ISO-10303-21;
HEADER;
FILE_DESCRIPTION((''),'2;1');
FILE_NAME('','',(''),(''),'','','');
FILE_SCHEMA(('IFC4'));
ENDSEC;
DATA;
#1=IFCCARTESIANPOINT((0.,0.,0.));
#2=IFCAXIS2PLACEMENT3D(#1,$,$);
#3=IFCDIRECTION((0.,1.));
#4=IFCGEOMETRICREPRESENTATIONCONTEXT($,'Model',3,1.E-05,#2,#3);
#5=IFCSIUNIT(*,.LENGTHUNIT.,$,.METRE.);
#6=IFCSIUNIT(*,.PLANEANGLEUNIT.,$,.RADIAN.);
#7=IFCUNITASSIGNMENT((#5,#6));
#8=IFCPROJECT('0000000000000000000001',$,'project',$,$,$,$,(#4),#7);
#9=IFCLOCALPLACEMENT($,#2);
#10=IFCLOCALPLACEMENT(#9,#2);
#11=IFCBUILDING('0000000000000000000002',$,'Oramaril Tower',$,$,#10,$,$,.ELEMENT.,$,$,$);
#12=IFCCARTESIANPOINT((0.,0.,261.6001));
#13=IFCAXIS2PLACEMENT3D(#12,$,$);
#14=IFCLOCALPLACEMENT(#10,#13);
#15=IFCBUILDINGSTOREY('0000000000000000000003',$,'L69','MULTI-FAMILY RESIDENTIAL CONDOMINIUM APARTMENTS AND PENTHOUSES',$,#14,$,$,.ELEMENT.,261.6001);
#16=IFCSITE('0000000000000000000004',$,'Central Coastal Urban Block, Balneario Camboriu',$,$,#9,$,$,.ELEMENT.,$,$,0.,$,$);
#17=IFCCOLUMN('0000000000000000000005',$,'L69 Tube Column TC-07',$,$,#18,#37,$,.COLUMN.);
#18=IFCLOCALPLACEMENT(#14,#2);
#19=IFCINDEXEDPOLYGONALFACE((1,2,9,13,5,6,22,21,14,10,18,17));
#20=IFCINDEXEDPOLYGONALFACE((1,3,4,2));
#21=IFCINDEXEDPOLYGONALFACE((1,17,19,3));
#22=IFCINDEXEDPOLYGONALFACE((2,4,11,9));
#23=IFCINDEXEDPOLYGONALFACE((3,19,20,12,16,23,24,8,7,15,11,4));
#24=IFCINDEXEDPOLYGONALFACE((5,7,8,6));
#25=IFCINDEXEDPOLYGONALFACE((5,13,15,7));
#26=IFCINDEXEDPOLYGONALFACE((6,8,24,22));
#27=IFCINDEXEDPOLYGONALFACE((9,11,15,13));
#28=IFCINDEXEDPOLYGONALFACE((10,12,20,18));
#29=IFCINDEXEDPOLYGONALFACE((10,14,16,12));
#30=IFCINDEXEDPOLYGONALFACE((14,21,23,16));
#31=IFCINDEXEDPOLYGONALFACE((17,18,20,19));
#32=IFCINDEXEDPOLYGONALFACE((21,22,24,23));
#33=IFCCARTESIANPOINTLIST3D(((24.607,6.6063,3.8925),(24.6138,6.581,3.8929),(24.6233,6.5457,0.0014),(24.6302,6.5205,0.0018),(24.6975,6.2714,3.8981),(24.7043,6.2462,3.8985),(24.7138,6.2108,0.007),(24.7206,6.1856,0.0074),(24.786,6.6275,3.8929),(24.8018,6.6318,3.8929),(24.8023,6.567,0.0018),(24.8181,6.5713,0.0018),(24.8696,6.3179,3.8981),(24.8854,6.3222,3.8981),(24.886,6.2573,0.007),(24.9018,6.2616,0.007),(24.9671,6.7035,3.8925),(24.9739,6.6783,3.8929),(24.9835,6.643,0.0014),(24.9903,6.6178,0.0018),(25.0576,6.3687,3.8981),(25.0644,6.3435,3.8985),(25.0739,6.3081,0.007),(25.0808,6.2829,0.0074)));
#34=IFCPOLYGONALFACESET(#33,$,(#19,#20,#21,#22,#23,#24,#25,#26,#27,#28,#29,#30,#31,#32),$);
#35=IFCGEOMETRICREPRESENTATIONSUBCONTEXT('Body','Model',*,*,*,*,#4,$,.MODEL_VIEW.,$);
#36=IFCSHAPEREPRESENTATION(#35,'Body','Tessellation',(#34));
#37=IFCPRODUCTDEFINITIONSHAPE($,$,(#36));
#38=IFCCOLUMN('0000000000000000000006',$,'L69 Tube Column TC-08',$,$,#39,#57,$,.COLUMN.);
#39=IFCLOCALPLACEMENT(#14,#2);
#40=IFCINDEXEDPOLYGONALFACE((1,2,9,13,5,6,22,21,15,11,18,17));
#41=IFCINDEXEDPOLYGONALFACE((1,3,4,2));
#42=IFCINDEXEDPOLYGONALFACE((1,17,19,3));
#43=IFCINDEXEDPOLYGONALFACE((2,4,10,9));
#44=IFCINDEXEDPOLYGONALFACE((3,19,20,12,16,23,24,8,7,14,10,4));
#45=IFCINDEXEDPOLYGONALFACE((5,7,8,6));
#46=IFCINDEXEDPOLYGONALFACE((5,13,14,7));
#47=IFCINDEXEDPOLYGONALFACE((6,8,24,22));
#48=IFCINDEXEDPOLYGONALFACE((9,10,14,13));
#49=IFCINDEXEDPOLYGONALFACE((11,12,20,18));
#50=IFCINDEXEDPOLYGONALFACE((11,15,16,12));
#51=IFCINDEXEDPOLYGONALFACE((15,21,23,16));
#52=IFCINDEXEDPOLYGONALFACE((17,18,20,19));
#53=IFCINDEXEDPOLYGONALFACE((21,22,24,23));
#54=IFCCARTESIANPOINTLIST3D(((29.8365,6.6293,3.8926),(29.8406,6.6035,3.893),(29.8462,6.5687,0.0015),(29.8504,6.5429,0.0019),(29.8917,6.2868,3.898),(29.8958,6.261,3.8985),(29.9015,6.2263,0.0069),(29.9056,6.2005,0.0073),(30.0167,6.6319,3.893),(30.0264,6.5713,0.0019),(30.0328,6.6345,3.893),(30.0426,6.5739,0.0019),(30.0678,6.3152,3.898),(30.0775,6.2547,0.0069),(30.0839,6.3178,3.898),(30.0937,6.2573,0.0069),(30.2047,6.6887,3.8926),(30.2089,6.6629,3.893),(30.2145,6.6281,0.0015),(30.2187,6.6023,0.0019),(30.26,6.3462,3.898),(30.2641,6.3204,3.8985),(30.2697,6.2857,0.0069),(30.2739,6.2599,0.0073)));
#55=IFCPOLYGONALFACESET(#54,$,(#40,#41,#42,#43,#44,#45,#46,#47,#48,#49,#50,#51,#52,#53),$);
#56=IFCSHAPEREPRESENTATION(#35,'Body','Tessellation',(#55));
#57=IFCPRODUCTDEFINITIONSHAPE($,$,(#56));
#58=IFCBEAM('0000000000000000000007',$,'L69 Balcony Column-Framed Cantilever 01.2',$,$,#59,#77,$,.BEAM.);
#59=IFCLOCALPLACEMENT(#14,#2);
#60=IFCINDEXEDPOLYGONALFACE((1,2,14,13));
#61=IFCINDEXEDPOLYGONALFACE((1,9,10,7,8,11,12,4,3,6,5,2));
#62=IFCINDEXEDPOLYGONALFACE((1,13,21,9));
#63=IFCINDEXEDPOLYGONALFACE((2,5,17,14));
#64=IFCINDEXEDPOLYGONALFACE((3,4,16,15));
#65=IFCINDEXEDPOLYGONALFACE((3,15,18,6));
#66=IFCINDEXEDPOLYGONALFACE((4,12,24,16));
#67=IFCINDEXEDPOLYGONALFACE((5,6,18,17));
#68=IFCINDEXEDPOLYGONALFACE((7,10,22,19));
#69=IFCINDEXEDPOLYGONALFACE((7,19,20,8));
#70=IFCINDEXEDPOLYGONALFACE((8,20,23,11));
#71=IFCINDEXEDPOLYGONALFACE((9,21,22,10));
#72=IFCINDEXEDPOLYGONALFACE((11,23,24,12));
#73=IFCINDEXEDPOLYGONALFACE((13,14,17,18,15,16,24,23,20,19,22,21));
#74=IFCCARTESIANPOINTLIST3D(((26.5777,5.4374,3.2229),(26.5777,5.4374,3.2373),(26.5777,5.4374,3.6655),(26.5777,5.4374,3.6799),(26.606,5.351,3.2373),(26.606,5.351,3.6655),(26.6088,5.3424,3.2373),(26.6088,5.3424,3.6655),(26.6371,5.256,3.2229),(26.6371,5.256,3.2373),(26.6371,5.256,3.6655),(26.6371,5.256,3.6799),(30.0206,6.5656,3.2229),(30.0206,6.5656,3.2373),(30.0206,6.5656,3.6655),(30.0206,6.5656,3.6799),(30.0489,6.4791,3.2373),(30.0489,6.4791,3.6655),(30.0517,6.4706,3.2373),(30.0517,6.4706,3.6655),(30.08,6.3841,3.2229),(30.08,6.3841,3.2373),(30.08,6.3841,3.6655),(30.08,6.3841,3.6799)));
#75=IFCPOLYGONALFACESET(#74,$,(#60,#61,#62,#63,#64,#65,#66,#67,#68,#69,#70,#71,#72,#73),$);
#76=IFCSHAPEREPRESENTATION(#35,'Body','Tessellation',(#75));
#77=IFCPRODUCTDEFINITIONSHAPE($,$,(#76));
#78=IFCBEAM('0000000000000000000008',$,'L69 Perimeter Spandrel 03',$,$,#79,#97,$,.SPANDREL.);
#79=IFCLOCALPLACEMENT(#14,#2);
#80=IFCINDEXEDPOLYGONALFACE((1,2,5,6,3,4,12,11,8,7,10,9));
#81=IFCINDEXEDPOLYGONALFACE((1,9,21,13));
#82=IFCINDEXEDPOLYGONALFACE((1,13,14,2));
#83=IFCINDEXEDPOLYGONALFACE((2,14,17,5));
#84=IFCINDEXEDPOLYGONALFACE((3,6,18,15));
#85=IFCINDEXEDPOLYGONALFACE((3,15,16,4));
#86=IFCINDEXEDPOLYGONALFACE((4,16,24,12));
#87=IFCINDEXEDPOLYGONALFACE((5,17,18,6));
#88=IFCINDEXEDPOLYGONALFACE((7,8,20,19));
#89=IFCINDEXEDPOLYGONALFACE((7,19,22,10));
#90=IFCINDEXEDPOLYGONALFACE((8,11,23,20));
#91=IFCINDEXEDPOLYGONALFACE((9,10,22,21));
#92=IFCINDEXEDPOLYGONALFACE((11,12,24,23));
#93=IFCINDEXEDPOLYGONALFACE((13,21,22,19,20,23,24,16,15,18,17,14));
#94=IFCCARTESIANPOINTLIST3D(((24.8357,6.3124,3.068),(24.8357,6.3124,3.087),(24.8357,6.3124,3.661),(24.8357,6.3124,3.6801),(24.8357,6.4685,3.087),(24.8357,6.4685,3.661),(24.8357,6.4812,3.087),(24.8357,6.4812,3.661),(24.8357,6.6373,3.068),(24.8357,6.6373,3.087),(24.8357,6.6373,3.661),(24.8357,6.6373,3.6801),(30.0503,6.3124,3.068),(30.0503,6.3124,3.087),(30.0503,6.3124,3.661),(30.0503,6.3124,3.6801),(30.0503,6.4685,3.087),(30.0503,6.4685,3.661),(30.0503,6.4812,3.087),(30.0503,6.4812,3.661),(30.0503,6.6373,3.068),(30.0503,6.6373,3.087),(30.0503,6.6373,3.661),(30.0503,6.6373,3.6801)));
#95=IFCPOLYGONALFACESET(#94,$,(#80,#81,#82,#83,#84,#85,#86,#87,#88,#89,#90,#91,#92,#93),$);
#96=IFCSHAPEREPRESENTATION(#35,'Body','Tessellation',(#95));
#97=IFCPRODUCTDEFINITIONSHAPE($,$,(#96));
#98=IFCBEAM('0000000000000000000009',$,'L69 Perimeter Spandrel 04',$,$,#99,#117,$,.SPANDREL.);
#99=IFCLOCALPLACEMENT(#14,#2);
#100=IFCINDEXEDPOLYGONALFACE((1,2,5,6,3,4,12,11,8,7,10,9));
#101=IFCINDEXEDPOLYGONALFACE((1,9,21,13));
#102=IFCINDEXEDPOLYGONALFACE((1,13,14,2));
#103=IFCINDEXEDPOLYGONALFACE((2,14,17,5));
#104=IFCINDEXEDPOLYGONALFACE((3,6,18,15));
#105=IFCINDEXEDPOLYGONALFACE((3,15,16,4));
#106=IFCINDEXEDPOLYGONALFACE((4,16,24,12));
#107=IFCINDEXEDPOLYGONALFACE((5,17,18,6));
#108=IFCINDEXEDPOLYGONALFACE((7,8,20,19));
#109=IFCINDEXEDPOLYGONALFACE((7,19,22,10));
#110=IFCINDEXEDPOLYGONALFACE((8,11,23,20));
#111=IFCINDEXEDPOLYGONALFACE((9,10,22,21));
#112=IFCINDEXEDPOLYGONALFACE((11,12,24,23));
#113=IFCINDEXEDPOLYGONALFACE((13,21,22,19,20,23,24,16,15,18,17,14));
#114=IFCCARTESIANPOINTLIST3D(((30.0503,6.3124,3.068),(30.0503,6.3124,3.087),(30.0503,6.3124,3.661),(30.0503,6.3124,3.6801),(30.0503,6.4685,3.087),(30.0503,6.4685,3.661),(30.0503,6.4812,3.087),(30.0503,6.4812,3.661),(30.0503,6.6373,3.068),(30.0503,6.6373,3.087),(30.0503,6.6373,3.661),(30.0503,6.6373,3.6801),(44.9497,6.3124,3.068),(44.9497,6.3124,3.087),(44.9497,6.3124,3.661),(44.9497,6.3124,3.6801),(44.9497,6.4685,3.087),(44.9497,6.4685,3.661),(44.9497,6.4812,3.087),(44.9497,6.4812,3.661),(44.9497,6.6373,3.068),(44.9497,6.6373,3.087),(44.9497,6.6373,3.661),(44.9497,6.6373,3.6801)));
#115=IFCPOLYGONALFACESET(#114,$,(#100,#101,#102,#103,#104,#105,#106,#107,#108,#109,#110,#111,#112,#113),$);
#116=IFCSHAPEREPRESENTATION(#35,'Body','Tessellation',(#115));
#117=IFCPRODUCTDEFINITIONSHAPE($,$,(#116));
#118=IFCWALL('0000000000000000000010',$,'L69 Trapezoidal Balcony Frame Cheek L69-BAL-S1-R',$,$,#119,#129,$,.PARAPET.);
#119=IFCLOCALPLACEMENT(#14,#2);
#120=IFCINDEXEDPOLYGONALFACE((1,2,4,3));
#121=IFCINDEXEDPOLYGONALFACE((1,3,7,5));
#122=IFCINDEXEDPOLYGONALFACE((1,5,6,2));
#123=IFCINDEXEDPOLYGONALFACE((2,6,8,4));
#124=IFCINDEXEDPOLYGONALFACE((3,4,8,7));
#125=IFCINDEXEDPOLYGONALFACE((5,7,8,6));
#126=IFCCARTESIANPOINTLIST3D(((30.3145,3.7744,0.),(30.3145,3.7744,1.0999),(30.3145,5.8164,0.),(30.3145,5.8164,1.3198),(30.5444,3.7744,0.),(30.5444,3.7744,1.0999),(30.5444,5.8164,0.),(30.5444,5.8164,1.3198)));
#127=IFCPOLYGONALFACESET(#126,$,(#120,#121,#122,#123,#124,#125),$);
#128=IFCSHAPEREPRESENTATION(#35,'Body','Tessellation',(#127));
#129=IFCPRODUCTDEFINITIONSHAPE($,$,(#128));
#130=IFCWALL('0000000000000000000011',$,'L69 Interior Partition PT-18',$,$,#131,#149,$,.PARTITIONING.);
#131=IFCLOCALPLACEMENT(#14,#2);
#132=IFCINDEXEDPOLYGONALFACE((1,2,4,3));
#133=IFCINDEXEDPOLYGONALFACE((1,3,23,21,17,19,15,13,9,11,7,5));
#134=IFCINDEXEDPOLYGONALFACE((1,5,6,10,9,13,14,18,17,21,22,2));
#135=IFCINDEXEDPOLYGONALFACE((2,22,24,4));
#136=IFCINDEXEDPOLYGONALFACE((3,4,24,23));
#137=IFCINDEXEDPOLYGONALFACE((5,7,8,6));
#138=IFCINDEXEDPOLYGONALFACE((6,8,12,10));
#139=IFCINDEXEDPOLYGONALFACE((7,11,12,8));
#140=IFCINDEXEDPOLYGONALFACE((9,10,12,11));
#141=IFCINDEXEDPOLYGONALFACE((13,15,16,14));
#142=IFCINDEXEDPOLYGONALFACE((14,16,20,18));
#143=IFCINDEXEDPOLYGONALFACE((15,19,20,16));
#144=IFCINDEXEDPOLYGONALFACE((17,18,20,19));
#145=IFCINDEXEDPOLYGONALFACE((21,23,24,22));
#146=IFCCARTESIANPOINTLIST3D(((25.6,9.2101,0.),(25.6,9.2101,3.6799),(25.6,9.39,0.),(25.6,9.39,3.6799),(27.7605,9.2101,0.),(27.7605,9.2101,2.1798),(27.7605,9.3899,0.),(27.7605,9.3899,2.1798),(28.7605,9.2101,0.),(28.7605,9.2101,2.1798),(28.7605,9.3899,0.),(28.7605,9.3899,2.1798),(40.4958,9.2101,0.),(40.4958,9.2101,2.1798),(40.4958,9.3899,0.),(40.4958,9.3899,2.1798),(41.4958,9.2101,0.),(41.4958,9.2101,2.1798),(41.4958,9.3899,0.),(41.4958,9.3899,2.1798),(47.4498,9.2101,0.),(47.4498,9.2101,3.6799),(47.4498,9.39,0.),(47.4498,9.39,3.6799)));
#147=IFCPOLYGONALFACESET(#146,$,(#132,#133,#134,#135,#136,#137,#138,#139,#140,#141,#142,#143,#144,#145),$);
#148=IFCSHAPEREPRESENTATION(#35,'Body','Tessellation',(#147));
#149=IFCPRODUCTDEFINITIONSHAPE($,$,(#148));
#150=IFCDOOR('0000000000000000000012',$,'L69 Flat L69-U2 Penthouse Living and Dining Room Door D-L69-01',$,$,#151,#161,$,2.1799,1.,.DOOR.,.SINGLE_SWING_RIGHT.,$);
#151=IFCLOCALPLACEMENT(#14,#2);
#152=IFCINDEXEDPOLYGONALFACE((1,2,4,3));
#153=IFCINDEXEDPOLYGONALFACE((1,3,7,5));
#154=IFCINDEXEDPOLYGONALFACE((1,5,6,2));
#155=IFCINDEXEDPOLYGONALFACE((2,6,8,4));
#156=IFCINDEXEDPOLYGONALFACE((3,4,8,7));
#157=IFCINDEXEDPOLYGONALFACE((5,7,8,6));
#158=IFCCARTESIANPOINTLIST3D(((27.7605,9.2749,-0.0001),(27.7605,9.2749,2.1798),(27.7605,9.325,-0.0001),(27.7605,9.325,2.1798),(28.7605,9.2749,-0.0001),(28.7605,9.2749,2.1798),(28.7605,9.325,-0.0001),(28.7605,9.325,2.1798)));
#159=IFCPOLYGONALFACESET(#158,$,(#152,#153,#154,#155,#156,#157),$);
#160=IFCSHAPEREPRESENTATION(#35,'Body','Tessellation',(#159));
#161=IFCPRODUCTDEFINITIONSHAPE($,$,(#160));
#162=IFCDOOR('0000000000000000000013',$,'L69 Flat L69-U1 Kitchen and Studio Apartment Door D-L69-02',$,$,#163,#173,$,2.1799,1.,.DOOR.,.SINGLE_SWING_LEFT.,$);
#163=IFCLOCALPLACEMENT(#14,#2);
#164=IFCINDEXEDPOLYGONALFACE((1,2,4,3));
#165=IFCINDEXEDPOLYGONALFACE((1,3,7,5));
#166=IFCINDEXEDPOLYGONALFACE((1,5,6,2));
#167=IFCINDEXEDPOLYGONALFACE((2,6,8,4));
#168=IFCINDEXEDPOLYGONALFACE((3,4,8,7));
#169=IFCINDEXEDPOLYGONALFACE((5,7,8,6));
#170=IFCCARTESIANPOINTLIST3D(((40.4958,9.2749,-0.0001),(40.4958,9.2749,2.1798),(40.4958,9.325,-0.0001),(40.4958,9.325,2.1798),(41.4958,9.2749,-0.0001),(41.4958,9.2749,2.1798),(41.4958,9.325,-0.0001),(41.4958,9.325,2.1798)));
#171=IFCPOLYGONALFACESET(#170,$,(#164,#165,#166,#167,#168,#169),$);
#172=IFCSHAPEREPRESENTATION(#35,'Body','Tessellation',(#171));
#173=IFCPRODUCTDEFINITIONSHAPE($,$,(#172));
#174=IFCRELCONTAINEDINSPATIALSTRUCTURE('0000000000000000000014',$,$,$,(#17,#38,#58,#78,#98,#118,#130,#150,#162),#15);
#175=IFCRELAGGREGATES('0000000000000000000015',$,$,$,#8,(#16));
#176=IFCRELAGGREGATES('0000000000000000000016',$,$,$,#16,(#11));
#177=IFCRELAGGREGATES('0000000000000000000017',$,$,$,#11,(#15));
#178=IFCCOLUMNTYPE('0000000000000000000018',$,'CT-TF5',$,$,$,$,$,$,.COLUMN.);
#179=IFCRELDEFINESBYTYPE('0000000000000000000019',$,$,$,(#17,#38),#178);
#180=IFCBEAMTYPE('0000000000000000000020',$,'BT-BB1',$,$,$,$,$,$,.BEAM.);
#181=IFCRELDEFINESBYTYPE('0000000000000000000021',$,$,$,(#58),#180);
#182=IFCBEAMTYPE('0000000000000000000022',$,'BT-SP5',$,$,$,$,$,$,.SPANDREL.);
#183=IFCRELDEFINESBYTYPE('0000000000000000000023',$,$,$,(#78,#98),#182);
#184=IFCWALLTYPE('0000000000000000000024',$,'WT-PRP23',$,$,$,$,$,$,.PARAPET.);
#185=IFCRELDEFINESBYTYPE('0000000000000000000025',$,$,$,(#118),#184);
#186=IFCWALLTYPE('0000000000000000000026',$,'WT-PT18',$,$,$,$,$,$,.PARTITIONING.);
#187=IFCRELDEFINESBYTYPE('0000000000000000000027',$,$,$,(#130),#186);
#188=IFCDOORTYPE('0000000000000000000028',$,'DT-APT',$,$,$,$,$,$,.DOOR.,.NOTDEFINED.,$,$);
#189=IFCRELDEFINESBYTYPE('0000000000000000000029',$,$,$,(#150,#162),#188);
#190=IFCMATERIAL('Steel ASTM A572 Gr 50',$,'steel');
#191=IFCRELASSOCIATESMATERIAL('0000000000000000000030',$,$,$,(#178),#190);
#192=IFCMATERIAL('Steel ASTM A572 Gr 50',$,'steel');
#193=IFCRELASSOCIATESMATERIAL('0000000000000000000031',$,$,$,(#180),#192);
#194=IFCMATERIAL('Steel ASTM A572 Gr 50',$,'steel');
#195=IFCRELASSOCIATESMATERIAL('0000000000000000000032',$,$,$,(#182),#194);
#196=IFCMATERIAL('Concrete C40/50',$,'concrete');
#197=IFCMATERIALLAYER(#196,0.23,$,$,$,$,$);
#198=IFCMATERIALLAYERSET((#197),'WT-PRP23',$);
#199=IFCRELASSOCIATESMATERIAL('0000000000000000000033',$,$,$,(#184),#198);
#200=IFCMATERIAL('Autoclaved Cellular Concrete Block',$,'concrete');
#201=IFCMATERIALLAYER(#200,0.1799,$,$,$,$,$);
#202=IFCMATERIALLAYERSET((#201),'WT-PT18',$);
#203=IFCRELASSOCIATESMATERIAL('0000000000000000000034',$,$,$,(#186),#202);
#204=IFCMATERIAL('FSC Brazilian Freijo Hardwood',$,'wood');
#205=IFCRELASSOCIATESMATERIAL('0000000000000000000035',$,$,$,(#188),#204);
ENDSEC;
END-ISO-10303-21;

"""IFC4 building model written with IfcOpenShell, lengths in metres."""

from ifc_helpers import new_model, si_unit, direction, frame, frame_2d, origin, origin_2d, place, context, subcontext, project, spatial, polyline, rectangle, i_section, outline, extrude, material, layer, layer_set, material_profile, profile_set, type_object, element, fill, save


model = new_model("IFC4")

# Units and contexts
model_context = context("Model", 3, precision=1e-05, world=origin(), true_north=direction((0.0, 1.0)))
body_context = subcontext(model_context, "Body", "Model", "MODEL_VIEW")
ifc_project = project(units=[si_unit("LENGTHUNIT", "METRE"), si_unit("PLANEANGLEUNIT", "RADIAN")], contexts=[model_context])

# Site, building, storey
site_placement = place(None, origin())
site = spatial("IfcSite", under=ifc_project, at=site_placement, Name="Central Coastal Urban Block, Balneario Camboriu", CompositionType="ELEMENT", RefElevation=0.0)
building_placement = place(site_placement, origin())
building = spatial("IfcBuilding", under=site, at=building_placement, Name="Oramaril Tower", CompositionType="ELEMENT")
storey_placement = place(building_placement, frame((0.0, 0.0, 261.6001)))
storey = spatial("IfcBuildingStorey", under=building, at=storey_placement, Name="L69", Description="MULTI-FAMILY RESIDENTIAL CONDOMINIUM APARTMENTS AND PENTHOUSES", CompositionType="ELEMENT", Elevation=261.6001)

# Columns
ifc_material_1 = material(Name="Steel ASTM A572 Gr 50", Category="steel")
ifc_material_profile_1 = material_profile(ifc_material_1, i_section(OverallWidth=0.373, OverallDepth=0.373, WebThickness=0.0164, FlangeThickness=0.0261, at=origin_2d()), Name="W14X132")
ifc_profile_set_1 = profile_set([ifc_material_profile_1], Name="Steel ASTM A572 Gr 50")
column_type = type_object("IfcColumnType", Name="CT-TF5", PredefinedType="COLUMN", material=ifc_profile_set_1)
for number, where, z_axis, x_axis, name in (
    (1, (24.8521, 6.4143, 0.0044), (-0.004203, 0.015558, 0.99987), (-0.96539, -0.260811, 0.0), "L69 Tube Column TC-07"),
    (2, (30.0601, 6.4143, 0.0044), (-0.002509, 0.015558, 0.999876), (-0.987241, -0.159232, 0.0), "L69 Tube Column TC-08"),
):
    element("IfcColumn", number, at=place(storey_placement, frame(where, z_axis=z_axis, x_axis=x_axis)), inside=storey, type_object=column_type, Name=name, PredefinedType="COLUMN", context=body_context, shape_type="SweptSolid", body=[
        extrude(i_section(OverallWidth=0.373, OverallDepth=0.373, WebThickness=0.0164, FlangeThickness=0.0261, at=origin_2d()), origin(), (0.0, 0.0, 1.0), 3.8916),
    ])

# Beams
ifc_material_2 = material(Name="Steel ASTM A572 Gr 50", Category="steel")
ifc_material_profile_2 = material_profile(ifc_material_2, i_section(OverallWidth=0.1909, OverallDepth=0.457, WebThickness=0.009, FlangeThickness=0.0144, at=origin_2d()), Name="W18X50")
ifc_profile_set_2 = profile_set([ifc_material_profile_2], Name="Steel ASTM A572 Gr 50")
beam_type_1 = type_object("IfcBeamType", Name="BT-BB1", PredefinedType="BEAM", material=ifc_profile_set_2)
beam_1_placement = place(storey_placement, frame((30.0503, 6.4749, 3.4514), z_axis=(-0.950282, -0.311392, 0.0), x_axis=(0.311392, -0.950282, 0.0)))
element("IfcBeam", 3, at=beam_1_placement, inside=storey, type_object=beam_type_1, Name="L69 Balcony Column-Framed Cantilever 01.2", PredefinedType="BEAM", context=body_context, shape_type="SweptSolid", body=[
    extrude(i_section(OverallWidth=0.1909, OverallDepth=0.457, WebThickness=0.009, FlangeThickness=0.0144, at=origin_2d()), origin(), (0.0, 0.0, 1.0), 3.623),
])
ifc_material_3 = material(Name="Steel ASTM A572 Gr 50", Category="steel")
ifc_material_profile_3 = material_profile(ifc_material_3, i_section(OverallWidth=0.325, OverallDepth=0.6121, WebThickness=0.0127, FlangeThickness=0.019, at=origin_2d()), Name="W24X104")
ifc_profile_set_3 = profile_set([ifc_material_profile_3], Name="Steel ASTM A572 Gr 50")
beam_type_2 = type_object("IfcBeamType", Name="BT-SP5", PredefinedType="SPANDREL", material=ifc_profile_set_3)
beam_2_placement = place(storey_placement, frame((24.8357, 6.4749, 3.374), z_axis=(1.0, 0.0, 0.0), x_axis=(0.0, 1.0, 0.0)))
element("IfcBeam", 4, at=beam_2_placement, inside=storey, type_object=beam_type_2, Name="L69 Perimeter Spandrel 03", PredefinedType="SPANDREL", context=body_context, shape_type="SweptSolid", body=[
    extrude(i_section(OverallWidth=0.325, OverallDepth=0.6121, WebThickness=0.0127, FlangeThickness=0.019, at=origin_2d()), origin(), (0.0, 0.0, 1.0), 5.2146),
])
beam_3_placement = place(storey_placement, frame((30.0503, 6.4749, 3.374), z_axis=(1.0, 0.0, 0.0), x_axis=(0.0, 1.0, 0.0)))
element("IfcBeam", 5, at=beam_3_placement, inside=storey, type_object=beam_type_2, Name="L69 Perimeter Spandrel 04", PredefinedType="SPANDREL", context=body_context, shape_type="SweptSolid", body=[
    extrude(i_section(OverallWidth=0.325, OverallDepth=0.6121, WebThickness=0.0127, FlangeThickness=0.019, at=origin_2d()), origin(), (0.0, 0.0, 1.0), 14.8994),
])

# Wall
ifc_material_4 = material(Name="Concrete C40/50", Category="concrete")
ifc_layer_1 = layer(ifc_material_4, 0.23)
ifc_layer_set_1 = layer_set([ifc_layer_1], Name="WT-PRP23")
wall_type_1 = type_object("IfcWallType", Name="WT-PRP23", PredefinedType="PARAPET", material=ifc_layer_set_1)
wall_1_placement = place(storey_placement, frame((30.4294, 5.8164, 0.0), z_axis=(0.0, 0.0, 1.0), x_axis=(0.0, -1.0, 0.0)))
element("IfcWall", 6, at=wall_1_placement, inside=storey, type_object=wall_type_1, Name="L69 Trapezoidal Balcony Frame Cheek L69-BAL-S1-R", PredefinedType="PARAPET", context=body_context, shape_type="SweptSolid", body=[
    extrude(outline(polyline([(0.0, 0.0), (2.042, 0.0), (2.042, 1.0999), (0.0, 1.3198), (0.0, 0.0)])), frame((0.0, 0.115, 0.0), z_axis=(0.0, -1.0, 0.0), x_axis=(1.0, 0.0, 0.0)), (0.0, 0.0, 1.0), 0.23),
])

# Wall, openings, doors
ifc_material_5 = material(Name="Autoclaved Cellular Concrete Block", Category="concrete")
ifc_layer_2 = layer(ifc_material_5, 0.1799)
ifc_layer_set_2 = layer_set([ifc_layer_2], Name="WT-PT18")
wall_type_2 = type_object("IfcWallType", Name="WT-PT18", PredefinedType="PARTITIONING", material=ifc_layer_set_2)
wall_2_placement = place(storey_placement, frame((25.6001, 9.3, 0.0), z_axis=(0.0, 0.0, 1.0), x_axis=(1.0, 0.0, 0.0)))
wall_2 = element("IfcWall", 7, at=wall_2_placement, inside=storey, type_object=wall_type_2, Name="L69 Interior Partition PT-18", PredefinedType="PARTITIONING", context=body_context, shape_type="SweptSolid", body=[
    extrude(rectangle(XDim=21.8499, YDim=0.1799, at=frame_2d((10.9248, 0.0))), origin(), (0.0, 0.0, 1.0), 3.6799),
])
opening_1_placement = place(wall_2_placement, frame((2.1604, 0.0, 0.0)))
opening_1 = element("IfcOpeningElement", 8, at=opening_1_placement, cuts=wall_2, PredefinedType="OPENING", context=body_context, shape_type="SweptSolid", body=[
    extrude(rectangle(XDim=1.0, YDim=2.1799, at=frame_2d((0.5, 1.0898))), frame((0.0, 0.0898, 0.0), z_axis=(0.0, -1.0, 0.0), x_axis=(1.0, 0.0, 0.0)), (0.0, 0.0, 1.0), 0.1799),
])
opening_2_placement = place(wall_2_placement, frame((14.8958, 0.0, 0.0)))
opening_2 = element("IfcOpeningElement", 9, at=opening_2_placement, cuts=wall_2, PredefinedType="OPENING", context=body_context, shape_type="SweptSolid", body=[
    extrude(rectangle(XDim=1.0, YDim=2.1799, at=frame_2d((0.5, 1.0898))), frame((0.0, 0.0898, 0.0), z_axis=(0.0, -1.0, 0.0), x_axis=(1.0, 0.0, 0.0)), (0.0, 0.0, 1.0), 0.1799),
])
ifc_material_6 = material(Name="FSC Brazilian Freijo Hardwood", Category="wood")
door_type = type_object("IfcDoorType", Name="DT-APT", OperationType="NOTDEFINED", PredefinedType="DOOR", material=ifc_material_6)
door_1_placement = place(opening_1_placement, origin())
door_1 = element("IfcDoor", 10, at=door_1_placement, inside=storey, type_object=door_type, Name="L69 Flat L69-U2 Penthouse Living and Dining Room Door D-L69-01", OperationType="SINGLE_SWING_RIGHT", OverallHeight=2.1799, OverallWidth=1.0, PredefinedType="DOOR", context=body_context, shape_type="SweptSolid", body=[
    extrude(rectangle(XDim=1.0, YDim=2.1799, at=frame_2d((0.5, 1.0898))), frame((0.0, 0.0249, 0.0), z_axis=(0.0, -1.0, 0.0), x_axis=(1.0, 0.0, 0.0)), (0.0, 0.0, 1.0), 0.05),
])
fill(opening_1, door_1)
door_2_placement = place(opening_2_placement, origin())
door_2 = element("IfcDoor", 11, at=door_2_placement, inside=storey, type_object=door_type, Name="L69 Flat L69-U1 Kitchen and Studio Apartment Door D-L69-02", OperationType="SINGLE_SWING_LEFT", OverallHeight=2.1799, OverallWidth=1.0, PredefinedType="DOOR", context=body_context, shape_type="SweptSolid", body=[
    extrude(rectangle(XDim=1.0, YDim=2.1799, at=frame_2d((0.5, 1.0898))), frame((0.0, 0.0249, 0.0), z_axis=(0.0, -1.0, 0.0), x_axis=(1.0, 0.0, 0.0)), (0.0, 0.0, 1.0), 0.05),
])
fill(opening_2, door_2)

save(model, "model.ifc")
